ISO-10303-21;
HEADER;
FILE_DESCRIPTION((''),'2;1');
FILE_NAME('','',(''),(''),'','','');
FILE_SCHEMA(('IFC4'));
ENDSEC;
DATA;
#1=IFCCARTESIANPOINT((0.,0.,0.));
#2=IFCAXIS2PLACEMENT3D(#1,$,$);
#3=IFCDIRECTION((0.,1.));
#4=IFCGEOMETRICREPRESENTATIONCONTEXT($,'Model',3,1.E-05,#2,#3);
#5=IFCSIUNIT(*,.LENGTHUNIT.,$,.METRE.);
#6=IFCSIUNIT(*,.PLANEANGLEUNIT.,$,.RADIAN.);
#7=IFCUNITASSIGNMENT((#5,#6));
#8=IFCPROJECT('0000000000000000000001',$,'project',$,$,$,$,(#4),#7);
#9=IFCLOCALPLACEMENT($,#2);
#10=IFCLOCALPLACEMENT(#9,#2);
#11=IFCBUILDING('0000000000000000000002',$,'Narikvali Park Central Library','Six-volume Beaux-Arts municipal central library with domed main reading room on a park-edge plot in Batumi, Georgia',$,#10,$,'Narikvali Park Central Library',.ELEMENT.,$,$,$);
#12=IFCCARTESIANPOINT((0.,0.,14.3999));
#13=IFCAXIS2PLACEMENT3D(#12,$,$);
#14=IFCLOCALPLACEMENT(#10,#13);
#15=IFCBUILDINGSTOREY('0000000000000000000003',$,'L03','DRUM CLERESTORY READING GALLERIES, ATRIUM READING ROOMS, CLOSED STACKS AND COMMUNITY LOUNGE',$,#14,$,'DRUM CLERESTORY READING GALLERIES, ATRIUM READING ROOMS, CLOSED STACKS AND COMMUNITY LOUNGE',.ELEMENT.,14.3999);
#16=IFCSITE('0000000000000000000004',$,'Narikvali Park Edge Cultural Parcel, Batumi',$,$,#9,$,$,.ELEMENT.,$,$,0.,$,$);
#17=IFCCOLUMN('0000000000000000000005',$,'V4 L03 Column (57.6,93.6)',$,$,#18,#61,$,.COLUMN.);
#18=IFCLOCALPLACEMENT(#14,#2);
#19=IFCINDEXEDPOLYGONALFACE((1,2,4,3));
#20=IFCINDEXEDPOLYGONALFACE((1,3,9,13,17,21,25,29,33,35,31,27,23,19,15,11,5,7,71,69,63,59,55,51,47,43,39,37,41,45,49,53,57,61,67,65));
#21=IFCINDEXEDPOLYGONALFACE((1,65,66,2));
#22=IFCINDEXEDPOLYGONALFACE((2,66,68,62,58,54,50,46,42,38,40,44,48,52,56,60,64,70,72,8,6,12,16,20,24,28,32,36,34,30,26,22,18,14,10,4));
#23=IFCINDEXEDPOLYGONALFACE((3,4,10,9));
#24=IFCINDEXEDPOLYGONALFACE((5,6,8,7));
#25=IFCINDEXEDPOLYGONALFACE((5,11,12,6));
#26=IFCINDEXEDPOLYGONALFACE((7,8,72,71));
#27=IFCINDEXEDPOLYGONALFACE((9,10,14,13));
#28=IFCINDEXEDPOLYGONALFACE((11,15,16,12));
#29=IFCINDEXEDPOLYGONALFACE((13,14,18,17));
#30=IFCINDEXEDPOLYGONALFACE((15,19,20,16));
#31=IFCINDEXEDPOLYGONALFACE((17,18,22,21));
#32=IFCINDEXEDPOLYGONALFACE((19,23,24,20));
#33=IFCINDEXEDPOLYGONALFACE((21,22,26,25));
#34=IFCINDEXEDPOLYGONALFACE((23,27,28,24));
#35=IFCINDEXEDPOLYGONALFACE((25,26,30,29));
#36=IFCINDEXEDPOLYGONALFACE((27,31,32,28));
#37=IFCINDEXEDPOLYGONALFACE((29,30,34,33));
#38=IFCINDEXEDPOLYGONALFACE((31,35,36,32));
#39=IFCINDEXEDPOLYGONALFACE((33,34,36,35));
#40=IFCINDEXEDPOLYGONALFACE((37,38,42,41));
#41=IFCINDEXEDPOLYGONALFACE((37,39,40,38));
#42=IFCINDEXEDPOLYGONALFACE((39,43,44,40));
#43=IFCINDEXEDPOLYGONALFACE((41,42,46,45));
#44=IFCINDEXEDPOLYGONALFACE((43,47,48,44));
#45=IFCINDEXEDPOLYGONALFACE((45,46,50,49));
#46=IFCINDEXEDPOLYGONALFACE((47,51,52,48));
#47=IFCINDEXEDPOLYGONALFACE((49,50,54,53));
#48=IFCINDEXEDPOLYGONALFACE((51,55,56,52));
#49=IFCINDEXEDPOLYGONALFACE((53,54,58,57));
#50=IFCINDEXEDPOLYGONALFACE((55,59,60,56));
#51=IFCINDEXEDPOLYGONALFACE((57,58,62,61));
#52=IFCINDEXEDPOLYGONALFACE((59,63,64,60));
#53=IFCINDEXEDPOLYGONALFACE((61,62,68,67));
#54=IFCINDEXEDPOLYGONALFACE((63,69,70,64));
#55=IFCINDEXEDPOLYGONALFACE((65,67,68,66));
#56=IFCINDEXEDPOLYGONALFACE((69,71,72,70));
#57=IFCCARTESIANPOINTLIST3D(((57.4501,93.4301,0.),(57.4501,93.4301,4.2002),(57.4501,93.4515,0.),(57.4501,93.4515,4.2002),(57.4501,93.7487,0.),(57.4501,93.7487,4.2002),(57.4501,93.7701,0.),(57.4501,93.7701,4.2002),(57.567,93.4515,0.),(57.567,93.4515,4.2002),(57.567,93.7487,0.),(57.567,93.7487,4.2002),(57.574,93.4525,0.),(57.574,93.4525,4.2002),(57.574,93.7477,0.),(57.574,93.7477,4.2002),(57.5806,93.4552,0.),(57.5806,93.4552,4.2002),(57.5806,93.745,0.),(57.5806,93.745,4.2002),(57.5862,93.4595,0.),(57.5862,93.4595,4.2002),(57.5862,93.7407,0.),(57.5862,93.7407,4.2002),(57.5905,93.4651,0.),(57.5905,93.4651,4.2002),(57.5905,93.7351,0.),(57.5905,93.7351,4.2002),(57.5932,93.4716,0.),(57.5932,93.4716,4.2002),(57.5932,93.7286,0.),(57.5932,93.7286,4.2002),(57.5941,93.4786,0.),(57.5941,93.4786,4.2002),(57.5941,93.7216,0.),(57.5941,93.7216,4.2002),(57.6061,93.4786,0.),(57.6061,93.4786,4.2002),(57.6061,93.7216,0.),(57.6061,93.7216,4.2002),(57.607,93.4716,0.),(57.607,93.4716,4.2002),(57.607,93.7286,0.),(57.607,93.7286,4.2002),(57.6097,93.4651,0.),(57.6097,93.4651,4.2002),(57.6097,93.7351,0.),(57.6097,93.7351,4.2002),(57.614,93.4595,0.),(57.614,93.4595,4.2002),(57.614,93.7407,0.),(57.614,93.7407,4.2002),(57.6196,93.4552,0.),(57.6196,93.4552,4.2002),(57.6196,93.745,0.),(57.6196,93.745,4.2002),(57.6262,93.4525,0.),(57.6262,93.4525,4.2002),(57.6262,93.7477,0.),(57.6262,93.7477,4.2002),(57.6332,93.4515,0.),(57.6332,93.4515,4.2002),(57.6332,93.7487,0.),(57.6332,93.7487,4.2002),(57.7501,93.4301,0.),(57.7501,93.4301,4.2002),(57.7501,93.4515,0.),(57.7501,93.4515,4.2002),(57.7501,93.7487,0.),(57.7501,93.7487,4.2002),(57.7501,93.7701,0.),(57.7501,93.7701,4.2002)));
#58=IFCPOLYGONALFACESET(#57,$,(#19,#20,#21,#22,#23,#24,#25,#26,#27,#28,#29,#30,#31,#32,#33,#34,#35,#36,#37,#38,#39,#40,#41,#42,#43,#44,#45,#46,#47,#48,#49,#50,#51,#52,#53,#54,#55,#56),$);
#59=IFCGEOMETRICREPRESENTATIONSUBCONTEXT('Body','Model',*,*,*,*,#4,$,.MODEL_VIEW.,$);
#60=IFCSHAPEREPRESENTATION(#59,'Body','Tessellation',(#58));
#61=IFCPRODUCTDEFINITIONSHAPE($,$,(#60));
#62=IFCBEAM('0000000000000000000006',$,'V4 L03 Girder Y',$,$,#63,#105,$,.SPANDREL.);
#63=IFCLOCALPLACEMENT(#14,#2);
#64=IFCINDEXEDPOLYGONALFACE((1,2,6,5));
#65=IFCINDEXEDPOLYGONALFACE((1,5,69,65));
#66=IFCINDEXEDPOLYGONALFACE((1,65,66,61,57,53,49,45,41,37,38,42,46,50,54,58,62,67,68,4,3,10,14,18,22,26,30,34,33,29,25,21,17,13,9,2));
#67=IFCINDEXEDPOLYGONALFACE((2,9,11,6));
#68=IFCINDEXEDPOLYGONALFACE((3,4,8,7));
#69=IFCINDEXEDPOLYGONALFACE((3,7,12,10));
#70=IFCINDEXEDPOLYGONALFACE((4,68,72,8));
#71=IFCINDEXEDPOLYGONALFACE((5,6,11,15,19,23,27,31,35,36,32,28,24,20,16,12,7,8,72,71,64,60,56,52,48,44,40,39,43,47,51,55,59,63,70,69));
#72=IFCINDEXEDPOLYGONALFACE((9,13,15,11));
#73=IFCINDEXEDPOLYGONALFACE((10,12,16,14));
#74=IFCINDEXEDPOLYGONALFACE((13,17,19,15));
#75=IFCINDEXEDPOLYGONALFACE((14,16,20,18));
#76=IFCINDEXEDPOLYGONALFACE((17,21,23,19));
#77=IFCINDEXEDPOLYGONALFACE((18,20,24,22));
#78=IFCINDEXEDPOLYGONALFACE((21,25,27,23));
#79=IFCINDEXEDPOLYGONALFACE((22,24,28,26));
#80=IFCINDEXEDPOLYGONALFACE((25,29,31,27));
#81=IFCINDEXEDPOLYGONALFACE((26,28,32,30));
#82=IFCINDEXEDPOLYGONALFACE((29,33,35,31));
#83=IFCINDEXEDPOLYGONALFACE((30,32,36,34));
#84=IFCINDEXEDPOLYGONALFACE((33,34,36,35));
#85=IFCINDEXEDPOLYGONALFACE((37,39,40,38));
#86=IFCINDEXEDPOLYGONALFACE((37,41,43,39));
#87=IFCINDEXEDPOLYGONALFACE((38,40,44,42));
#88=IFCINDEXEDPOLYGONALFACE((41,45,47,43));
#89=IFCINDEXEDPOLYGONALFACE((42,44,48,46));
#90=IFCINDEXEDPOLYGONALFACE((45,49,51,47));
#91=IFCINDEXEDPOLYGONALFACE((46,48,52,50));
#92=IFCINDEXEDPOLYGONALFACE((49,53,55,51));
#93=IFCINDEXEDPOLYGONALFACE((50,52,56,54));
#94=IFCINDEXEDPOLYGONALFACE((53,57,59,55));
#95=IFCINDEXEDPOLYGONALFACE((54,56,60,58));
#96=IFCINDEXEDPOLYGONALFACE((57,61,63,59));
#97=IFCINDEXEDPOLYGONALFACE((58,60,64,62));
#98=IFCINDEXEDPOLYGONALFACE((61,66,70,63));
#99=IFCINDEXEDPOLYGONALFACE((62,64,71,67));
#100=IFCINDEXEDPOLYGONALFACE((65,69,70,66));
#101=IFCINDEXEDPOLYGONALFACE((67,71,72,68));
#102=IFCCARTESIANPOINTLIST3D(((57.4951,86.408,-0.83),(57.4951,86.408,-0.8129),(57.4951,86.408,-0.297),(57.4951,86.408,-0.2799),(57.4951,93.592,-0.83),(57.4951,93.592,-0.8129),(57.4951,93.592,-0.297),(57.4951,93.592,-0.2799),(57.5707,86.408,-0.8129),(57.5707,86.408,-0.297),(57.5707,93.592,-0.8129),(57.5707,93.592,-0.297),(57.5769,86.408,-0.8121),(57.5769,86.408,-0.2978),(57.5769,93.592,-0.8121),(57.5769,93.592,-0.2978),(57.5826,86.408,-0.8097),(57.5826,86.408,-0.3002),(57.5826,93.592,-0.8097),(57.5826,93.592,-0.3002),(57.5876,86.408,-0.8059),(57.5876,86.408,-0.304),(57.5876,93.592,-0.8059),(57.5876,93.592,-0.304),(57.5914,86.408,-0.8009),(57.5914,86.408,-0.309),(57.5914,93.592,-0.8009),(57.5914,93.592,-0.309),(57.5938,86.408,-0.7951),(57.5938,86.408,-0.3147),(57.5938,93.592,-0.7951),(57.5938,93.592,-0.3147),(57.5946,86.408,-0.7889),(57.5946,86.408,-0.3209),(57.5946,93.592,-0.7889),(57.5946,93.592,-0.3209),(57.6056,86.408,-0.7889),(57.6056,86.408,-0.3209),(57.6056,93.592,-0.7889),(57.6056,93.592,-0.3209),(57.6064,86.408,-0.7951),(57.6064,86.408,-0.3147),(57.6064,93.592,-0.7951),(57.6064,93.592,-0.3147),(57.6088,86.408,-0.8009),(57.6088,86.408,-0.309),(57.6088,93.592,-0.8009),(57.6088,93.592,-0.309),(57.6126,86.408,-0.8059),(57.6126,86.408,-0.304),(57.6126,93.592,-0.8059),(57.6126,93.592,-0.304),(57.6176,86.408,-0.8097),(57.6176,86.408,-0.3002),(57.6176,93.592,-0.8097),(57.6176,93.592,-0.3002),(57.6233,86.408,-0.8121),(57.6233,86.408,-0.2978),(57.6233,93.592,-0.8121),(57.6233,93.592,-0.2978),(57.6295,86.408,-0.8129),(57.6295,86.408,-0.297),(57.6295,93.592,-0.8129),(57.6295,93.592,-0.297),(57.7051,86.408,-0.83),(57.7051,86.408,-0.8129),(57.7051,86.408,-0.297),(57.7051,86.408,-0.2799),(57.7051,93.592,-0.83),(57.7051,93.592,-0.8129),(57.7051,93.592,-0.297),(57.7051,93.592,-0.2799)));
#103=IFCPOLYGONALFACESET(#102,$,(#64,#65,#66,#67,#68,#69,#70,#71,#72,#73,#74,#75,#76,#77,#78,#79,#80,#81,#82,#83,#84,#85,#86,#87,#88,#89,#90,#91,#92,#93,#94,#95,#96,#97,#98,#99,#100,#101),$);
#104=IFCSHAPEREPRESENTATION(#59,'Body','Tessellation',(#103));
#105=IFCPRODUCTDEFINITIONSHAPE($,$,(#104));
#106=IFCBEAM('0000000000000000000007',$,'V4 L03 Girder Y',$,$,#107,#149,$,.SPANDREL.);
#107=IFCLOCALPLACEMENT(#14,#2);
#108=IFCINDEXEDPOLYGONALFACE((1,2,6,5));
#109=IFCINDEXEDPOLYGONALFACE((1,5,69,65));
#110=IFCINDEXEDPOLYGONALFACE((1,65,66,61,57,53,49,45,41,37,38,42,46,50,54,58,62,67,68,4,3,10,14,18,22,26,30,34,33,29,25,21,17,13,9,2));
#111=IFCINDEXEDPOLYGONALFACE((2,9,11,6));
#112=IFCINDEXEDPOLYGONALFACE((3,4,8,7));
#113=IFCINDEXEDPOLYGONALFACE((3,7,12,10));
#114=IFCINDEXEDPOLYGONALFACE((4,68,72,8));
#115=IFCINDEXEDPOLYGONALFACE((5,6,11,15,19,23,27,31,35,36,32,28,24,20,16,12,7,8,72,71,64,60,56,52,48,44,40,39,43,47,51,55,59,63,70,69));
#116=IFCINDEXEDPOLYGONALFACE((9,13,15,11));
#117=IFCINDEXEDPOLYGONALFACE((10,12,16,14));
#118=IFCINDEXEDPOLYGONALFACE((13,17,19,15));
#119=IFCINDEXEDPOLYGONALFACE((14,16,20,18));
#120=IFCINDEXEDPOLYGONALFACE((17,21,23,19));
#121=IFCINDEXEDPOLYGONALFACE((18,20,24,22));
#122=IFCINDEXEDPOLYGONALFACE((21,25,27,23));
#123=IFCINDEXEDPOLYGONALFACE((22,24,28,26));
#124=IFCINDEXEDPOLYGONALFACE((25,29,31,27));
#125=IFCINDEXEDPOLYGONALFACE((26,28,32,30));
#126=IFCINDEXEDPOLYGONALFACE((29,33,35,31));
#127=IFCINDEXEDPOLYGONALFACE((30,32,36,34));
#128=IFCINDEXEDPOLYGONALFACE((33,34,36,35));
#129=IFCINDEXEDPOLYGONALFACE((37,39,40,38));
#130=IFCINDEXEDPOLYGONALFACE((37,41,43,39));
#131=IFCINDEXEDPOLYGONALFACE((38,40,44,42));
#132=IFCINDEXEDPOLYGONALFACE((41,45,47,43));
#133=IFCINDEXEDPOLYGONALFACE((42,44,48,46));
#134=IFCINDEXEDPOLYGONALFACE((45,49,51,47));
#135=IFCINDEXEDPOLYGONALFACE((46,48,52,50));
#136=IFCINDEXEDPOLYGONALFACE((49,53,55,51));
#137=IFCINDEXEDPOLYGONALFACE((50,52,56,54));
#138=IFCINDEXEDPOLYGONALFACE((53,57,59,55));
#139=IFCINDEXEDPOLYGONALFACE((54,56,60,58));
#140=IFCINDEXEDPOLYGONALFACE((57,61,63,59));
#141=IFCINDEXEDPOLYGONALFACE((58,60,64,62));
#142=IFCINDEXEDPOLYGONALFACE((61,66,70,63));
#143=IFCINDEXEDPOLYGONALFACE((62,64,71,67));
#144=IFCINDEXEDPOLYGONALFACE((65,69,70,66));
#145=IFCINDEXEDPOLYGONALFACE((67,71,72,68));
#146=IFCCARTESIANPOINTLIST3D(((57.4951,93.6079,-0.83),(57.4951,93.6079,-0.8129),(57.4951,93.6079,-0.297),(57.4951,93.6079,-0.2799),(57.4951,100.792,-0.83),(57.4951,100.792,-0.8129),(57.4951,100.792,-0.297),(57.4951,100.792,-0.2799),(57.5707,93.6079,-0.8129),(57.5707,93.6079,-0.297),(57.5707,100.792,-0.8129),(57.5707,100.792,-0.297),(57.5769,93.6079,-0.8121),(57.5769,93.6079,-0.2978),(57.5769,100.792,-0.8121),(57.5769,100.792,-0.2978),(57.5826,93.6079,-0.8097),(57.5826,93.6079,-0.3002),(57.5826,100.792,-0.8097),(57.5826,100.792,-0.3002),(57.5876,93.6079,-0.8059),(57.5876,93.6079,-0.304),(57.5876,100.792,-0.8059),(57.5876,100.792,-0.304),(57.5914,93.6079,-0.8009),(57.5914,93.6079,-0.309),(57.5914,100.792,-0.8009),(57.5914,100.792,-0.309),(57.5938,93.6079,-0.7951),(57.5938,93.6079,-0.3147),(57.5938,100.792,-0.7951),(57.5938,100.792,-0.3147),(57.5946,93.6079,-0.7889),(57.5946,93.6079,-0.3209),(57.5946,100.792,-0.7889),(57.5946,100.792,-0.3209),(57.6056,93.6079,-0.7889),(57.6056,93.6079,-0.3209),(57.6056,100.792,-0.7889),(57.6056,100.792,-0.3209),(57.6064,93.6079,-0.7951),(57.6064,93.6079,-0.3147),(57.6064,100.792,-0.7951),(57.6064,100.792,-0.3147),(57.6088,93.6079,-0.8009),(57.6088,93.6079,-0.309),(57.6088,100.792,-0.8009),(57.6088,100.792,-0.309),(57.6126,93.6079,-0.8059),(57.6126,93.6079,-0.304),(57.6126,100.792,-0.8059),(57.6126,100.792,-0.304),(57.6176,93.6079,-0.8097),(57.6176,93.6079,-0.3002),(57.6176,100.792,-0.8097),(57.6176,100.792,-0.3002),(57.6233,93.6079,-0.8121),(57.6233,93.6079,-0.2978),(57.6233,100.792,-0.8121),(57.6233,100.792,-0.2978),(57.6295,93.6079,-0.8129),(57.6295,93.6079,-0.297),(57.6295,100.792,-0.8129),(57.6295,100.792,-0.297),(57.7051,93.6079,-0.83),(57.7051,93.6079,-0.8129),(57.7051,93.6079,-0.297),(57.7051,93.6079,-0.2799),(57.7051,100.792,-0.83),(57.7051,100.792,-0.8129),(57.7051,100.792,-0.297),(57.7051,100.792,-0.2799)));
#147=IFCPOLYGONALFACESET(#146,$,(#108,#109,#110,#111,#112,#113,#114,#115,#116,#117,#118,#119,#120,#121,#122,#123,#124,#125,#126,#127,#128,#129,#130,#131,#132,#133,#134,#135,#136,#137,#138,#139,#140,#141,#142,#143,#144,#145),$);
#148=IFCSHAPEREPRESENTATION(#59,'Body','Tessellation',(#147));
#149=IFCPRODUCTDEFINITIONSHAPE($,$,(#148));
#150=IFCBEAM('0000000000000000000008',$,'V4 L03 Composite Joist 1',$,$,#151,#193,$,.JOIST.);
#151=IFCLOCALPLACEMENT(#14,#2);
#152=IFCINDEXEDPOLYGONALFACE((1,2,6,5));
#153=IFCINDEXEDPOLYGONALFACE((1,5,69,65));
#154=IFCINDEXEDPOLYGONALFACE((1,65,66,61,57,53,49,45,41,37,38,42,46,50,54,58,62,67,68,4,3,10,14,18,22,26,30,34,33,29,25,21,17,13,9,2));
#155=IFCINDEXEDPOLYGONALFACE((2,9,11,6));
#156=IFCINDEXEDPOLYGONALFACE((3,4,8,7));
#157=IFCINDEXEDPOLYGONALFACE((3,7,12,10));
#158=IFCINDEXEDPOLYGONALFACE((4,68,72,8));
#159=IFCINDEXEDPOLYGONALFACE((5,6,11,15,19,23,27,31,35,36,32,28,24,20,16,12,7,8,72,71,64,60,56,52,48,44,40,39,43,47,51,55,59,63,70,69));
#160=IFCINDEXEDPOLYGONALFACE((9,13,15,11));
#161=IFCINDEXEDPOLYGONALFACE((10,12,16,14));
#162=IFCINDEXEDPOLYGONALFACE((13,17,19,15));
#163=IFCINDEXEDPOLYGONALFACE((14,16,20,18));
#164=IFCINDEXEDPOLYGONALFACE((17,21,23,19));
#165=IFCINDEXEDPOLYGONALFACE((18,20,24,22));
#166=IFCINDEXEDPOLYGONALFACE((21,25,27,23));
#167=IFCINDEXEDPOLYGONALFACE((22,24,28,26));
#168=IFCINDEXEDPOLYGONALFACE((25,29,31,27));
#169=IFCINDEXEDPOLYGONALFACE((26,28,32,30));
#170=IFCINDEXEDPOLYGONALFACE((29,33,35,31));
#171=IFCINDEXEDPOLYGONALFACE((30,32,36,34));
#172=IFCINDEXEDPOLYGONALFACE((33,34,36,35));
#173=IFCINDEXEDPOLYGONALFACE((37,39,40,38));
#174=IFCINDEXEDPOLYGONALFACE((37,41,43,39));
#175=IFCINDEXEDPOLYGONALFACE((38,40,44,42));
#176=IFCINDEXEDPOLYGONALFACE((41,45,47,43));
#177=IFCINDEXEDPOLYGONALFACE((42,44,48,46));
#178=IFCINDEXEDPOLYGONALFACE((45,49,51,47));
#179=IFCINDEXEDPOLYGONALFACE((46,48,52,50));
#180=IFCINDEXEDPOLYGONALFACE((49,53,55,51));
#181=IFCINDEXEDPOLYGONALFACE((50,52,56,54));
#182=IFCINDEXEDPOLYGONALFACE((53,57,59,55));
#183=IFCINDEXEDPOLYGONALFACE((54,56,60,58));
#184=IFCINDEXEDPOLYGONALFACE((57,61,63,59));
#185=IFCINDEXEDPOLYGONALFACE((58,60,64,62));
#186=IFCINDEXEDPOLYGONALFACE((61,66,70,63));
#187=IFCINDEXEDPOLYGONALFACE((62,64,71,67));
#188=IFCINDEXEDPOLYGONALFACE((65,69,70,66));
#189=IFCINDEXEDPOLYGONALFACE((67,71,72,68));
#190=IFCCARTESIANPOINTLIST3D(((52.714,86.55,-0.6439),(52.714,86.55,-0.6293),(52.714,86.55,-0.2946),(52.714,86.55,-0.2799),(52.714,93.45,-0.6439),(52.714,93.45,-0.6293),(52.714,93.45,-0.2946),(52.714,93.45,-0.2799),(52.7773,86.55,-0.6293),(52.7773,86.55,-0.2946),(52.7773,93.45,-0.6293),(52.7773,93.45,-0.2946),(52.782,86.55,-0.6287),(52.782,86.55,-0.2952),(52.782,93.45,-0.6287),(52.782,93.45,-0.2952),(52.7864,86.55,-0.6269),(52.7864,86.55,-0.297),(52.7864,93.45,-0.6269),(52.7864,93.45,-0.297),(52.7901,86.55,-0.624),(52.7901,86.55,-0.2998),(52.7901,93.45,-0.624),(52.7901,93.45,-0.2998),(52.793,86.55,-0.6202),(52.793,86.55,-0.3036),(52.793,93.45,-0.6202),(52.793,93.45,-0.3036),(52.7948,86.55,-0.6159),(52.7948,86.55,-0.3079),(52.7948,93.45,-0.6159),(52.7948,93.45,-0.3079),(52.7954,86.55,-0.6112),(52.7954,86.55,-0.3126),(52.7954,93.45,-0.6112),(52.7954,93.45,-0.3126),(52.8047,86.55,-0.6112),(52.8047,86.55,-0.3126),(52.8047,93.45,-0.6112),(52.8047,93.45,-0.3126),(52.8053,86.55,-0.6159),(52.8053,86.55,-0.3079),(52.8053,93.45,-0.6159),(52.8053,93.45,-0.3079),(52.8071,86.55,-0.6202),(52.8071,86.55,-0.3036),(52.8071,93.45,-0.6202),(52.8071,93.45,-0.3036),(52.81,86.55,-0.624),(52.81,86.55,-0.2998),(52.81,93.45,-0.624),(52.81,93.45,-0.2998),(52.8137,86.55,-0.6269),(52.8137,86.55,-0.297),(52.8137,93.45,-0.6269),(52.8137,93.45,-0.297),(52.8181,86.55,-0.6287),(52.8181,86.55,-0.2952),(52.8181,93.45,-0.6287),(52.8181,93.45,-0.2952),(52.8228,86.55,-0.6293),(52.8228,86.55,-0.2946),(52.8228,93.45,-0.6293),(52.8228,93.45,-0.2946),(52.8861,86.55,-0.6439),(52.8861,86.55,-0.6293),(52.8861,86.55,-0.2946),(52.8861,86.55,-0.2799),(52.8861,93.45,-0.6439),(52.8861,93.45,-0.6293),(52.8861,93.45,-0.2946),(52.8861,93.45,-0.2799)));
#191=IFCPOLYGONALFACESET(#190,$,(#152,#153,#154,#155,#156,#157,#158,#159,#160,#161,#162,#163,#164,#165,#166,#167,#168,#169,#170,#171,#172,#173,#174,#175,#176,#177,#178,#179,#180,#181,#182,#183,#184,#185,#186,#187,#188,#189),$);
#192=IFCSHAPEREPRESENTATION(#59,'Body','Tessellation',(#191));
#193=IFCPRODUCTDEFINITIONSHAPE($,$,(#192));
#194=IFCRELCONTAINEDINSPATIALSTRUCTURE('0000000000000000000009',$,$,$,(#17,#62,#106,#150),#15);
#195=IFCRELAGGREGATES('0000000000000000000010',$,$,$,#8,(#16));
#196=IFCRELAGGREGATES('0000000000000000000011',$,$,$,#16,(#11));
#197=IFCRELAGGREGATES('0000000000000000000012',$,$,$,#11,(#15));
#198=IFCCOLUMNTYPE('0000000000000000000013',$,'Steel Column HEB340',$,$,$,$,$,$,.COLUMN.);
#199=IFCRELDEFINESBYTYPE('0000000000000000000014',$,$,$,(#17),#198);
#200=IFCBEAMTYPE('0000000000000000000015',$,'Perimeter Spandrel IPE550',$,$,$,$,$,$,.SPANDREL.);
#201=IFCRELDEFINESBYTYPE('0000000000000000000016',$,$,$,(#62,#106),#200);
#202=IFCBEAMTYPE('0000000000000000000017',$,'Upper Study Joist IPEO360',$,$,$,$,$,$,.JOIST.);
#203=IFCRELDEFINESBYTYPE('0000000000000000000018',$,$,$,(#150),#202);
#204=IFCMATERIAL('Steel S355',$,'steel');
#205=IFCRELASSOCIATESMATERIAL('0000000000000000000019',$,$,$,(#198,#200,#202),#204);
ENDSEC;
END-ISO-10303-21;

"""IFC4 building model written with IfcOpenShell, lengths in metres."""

from ifc_helpers import new_model, si_unit, direction, frame, origin, origin_2d, place, context, subcontext, project, spatial, i_section, extrude, material, material_profile, profile_set, type_object, element, save


model = new_model("IFC4")

# Units and contexts
model_context = context("Model", 3, precision=1e-05, world=origin(), true_north=direction((0.0, 1.0)))
body_context = subcontext(model_context, "Body", "Model", "MODEL_VIEW")
ifc_project = project(units=[si_unit("LENGTHUNIT", "METRE"), si_unit("PLANEANGLEUNIT", "RADIAN")], contexts=[model_context])

# Site, building, storey
site_placement = place(None, origin())
site = spatial("IfcSite", under=ifc_project, at=site_placement, Name="Narikvali Park Edge Cultural Parcel, Batumi", CompositionType="ELEMENT", RefElevation=0.0)
building_placement = place(site_placement, origin())
building = spatial("IfcBuilding", under=site, at=building_placement, Name="Narikvali Park Central Library", Description="Six-volume Beaux-Arts municipal central library with domed main reading room on a park-edge plot in Batumi, Georgia", LongName="Narikvali Park Central Library", CompositionType="ELEMENT")
storey_placement = place(building_placement, frame((0.0, 0.0, 14.3999)))
storey = spatial("IfcBuildingStorey", under=building, at=storey_placement, Name="L03", Description="DRUM CLERESTORY READING GALLERIES, ATRIUM READING ROOMS, CLOSED STACKS AND COMMUNITY LOUNGE", LongName="DRUM CLERESTORY READING GALLERIES, ATRIUM READING ROOMS, CLOSED STACKS AND COMMUNITY LOUNGE", CompositionType="ELEMENT", Elevation=14.3999)

# Column
ifc_material_1 = material(Name="Steel S355", Category="steel")
ifc_material_profile_1 = material_profile(ifc_material_1, i_section(OverallWidth=0.3, OverallDepth=0.3401, WebThickness=0.012, FlangeThickness=0.0215, FilletRadius=0.0271, at=origin_2d()), Name="HEB 340")
ifc_profile_set_1 = profile_set([ifc_material_profile_1], Name="Steel S355")
column_type = type_object("IfcColumnType", Name="Steel Column HEB340", PredefinedType="COLUMN", material=ifc_profile_set_1)
column_placement = place(storey_placement, frame((57.6001, 93.6001, 0.0), z_axis=(0.0, 0.0, 1.0), x_axis=(1.0, 0.0, 0.0)))
element("IfcColumn", 1, at=column_placement, inside=storey, type_object=column_type, Name="V4 L03 Column (57.6,93.6)", PredefinedType="COLUMN", context=body_context, shape_type="SweptSolid", body=[
    extrude(i_section(OverallWidth=0.3, OverallDepth=0.3401, WebThickness=0.012, FlangeThickness=0.0215, FilletRadius=0.0271, at=origin_2d()), origin(), (0.0, 0.0, 1.0), 4.2002),
])

# Beams
ifc_material_profile_2 = material_profile(ifc_material_1, i_section(OverallWidth=0.21, OverallDepth=0.55, WebThickness=0.011, FlangeThickness=0.0171, FilletRadius=0.0239, at=origin_2d()), Name="IPE 550")
ifc_profile_set_2 = profile_set([ifc_material_profile_2], Name="Steel S355")
beam_type_1 = type_object("IfcBeamType", Name="Perimeter Spandrel IPE550", PredefinedType="SPANDREL", material=ifc_profile_set_2)
for number, where, z_axis, x_axis, name in (
    (2, (57.6001, 86.408, -0.5549), (0.0, 1.0, 0.0), (-1.0, 0.0, 0.0), "V4 L03 Girder Y"),
    (3, (57.6001, 93.6079, -0.5549), (0.0, 1.0, 0.0), (-1.0, 0.0, 0.0), "V4 L03 Girder Y"),
):
    element("IfcBeam", number, at=place(storey_placement, frame(where, z_axis=z_axis, x_axis=x_axis)), inside=storey, type_object=beam_type_1, Name=name, PredefinedType="SPANDREL", context=body_context, shape_type="SweptSolid", body=[
        extrude(i_section(OverallWidth=0.21, OverallDepth=0.55, WebThickness=0.011, FlangeThickness=0.0171, FilletRadius=0.0239, at=origin_2d()), origin(), (0.0, 0.0, 1.0), 7.1841),
    ])
ifc_material_profile_3 = material_profile(ifc_material_1, i_section(OverallWidth=0.1721, OverallDepth=0.364, WebThickness=0.0093, FlangeThickness=0.0146, FilletRadius=0.0181, at=origin_2d()), Name="IPEO 360")
ifc_profile_set_3 = profile_set([ifc_material_profile_3], Name="Steel S355")
beam_type_2 = type_object("IfcBeamType", Name="Upper Study Joist IPEO360", PredefinedType="JOIST", material=ifc_profile_set_3)
for number, where, z_axis, x_axis, name in (
    (4, (52.8, 86.55, -0.4619), (0.0, 1.0, 0.0), (-1.0, 0.0, 0.0), "V4 L03 Composite Joist 1"),
):
    element("IfcBeam", number, at=place(storey_placement, frame(where, z_axis=z_axis, x_axis=x_axis)), inside=storey, type_object=beam_type_2, Name=name, PredefinedType="JOIST", context=body_context, shape_type="SweptSolid", body=[
        extrude(i_section(OverallWidth=0.1721, OverallDepth=0.364, WebThickness=0.0093, FlangeThickness=0.0146, FilletRadius=0.0181, at=origin_2d()), origin(), (0.0, 0.0, 1.0), 6.8999),
    ])

save(model, "model.ifc")
